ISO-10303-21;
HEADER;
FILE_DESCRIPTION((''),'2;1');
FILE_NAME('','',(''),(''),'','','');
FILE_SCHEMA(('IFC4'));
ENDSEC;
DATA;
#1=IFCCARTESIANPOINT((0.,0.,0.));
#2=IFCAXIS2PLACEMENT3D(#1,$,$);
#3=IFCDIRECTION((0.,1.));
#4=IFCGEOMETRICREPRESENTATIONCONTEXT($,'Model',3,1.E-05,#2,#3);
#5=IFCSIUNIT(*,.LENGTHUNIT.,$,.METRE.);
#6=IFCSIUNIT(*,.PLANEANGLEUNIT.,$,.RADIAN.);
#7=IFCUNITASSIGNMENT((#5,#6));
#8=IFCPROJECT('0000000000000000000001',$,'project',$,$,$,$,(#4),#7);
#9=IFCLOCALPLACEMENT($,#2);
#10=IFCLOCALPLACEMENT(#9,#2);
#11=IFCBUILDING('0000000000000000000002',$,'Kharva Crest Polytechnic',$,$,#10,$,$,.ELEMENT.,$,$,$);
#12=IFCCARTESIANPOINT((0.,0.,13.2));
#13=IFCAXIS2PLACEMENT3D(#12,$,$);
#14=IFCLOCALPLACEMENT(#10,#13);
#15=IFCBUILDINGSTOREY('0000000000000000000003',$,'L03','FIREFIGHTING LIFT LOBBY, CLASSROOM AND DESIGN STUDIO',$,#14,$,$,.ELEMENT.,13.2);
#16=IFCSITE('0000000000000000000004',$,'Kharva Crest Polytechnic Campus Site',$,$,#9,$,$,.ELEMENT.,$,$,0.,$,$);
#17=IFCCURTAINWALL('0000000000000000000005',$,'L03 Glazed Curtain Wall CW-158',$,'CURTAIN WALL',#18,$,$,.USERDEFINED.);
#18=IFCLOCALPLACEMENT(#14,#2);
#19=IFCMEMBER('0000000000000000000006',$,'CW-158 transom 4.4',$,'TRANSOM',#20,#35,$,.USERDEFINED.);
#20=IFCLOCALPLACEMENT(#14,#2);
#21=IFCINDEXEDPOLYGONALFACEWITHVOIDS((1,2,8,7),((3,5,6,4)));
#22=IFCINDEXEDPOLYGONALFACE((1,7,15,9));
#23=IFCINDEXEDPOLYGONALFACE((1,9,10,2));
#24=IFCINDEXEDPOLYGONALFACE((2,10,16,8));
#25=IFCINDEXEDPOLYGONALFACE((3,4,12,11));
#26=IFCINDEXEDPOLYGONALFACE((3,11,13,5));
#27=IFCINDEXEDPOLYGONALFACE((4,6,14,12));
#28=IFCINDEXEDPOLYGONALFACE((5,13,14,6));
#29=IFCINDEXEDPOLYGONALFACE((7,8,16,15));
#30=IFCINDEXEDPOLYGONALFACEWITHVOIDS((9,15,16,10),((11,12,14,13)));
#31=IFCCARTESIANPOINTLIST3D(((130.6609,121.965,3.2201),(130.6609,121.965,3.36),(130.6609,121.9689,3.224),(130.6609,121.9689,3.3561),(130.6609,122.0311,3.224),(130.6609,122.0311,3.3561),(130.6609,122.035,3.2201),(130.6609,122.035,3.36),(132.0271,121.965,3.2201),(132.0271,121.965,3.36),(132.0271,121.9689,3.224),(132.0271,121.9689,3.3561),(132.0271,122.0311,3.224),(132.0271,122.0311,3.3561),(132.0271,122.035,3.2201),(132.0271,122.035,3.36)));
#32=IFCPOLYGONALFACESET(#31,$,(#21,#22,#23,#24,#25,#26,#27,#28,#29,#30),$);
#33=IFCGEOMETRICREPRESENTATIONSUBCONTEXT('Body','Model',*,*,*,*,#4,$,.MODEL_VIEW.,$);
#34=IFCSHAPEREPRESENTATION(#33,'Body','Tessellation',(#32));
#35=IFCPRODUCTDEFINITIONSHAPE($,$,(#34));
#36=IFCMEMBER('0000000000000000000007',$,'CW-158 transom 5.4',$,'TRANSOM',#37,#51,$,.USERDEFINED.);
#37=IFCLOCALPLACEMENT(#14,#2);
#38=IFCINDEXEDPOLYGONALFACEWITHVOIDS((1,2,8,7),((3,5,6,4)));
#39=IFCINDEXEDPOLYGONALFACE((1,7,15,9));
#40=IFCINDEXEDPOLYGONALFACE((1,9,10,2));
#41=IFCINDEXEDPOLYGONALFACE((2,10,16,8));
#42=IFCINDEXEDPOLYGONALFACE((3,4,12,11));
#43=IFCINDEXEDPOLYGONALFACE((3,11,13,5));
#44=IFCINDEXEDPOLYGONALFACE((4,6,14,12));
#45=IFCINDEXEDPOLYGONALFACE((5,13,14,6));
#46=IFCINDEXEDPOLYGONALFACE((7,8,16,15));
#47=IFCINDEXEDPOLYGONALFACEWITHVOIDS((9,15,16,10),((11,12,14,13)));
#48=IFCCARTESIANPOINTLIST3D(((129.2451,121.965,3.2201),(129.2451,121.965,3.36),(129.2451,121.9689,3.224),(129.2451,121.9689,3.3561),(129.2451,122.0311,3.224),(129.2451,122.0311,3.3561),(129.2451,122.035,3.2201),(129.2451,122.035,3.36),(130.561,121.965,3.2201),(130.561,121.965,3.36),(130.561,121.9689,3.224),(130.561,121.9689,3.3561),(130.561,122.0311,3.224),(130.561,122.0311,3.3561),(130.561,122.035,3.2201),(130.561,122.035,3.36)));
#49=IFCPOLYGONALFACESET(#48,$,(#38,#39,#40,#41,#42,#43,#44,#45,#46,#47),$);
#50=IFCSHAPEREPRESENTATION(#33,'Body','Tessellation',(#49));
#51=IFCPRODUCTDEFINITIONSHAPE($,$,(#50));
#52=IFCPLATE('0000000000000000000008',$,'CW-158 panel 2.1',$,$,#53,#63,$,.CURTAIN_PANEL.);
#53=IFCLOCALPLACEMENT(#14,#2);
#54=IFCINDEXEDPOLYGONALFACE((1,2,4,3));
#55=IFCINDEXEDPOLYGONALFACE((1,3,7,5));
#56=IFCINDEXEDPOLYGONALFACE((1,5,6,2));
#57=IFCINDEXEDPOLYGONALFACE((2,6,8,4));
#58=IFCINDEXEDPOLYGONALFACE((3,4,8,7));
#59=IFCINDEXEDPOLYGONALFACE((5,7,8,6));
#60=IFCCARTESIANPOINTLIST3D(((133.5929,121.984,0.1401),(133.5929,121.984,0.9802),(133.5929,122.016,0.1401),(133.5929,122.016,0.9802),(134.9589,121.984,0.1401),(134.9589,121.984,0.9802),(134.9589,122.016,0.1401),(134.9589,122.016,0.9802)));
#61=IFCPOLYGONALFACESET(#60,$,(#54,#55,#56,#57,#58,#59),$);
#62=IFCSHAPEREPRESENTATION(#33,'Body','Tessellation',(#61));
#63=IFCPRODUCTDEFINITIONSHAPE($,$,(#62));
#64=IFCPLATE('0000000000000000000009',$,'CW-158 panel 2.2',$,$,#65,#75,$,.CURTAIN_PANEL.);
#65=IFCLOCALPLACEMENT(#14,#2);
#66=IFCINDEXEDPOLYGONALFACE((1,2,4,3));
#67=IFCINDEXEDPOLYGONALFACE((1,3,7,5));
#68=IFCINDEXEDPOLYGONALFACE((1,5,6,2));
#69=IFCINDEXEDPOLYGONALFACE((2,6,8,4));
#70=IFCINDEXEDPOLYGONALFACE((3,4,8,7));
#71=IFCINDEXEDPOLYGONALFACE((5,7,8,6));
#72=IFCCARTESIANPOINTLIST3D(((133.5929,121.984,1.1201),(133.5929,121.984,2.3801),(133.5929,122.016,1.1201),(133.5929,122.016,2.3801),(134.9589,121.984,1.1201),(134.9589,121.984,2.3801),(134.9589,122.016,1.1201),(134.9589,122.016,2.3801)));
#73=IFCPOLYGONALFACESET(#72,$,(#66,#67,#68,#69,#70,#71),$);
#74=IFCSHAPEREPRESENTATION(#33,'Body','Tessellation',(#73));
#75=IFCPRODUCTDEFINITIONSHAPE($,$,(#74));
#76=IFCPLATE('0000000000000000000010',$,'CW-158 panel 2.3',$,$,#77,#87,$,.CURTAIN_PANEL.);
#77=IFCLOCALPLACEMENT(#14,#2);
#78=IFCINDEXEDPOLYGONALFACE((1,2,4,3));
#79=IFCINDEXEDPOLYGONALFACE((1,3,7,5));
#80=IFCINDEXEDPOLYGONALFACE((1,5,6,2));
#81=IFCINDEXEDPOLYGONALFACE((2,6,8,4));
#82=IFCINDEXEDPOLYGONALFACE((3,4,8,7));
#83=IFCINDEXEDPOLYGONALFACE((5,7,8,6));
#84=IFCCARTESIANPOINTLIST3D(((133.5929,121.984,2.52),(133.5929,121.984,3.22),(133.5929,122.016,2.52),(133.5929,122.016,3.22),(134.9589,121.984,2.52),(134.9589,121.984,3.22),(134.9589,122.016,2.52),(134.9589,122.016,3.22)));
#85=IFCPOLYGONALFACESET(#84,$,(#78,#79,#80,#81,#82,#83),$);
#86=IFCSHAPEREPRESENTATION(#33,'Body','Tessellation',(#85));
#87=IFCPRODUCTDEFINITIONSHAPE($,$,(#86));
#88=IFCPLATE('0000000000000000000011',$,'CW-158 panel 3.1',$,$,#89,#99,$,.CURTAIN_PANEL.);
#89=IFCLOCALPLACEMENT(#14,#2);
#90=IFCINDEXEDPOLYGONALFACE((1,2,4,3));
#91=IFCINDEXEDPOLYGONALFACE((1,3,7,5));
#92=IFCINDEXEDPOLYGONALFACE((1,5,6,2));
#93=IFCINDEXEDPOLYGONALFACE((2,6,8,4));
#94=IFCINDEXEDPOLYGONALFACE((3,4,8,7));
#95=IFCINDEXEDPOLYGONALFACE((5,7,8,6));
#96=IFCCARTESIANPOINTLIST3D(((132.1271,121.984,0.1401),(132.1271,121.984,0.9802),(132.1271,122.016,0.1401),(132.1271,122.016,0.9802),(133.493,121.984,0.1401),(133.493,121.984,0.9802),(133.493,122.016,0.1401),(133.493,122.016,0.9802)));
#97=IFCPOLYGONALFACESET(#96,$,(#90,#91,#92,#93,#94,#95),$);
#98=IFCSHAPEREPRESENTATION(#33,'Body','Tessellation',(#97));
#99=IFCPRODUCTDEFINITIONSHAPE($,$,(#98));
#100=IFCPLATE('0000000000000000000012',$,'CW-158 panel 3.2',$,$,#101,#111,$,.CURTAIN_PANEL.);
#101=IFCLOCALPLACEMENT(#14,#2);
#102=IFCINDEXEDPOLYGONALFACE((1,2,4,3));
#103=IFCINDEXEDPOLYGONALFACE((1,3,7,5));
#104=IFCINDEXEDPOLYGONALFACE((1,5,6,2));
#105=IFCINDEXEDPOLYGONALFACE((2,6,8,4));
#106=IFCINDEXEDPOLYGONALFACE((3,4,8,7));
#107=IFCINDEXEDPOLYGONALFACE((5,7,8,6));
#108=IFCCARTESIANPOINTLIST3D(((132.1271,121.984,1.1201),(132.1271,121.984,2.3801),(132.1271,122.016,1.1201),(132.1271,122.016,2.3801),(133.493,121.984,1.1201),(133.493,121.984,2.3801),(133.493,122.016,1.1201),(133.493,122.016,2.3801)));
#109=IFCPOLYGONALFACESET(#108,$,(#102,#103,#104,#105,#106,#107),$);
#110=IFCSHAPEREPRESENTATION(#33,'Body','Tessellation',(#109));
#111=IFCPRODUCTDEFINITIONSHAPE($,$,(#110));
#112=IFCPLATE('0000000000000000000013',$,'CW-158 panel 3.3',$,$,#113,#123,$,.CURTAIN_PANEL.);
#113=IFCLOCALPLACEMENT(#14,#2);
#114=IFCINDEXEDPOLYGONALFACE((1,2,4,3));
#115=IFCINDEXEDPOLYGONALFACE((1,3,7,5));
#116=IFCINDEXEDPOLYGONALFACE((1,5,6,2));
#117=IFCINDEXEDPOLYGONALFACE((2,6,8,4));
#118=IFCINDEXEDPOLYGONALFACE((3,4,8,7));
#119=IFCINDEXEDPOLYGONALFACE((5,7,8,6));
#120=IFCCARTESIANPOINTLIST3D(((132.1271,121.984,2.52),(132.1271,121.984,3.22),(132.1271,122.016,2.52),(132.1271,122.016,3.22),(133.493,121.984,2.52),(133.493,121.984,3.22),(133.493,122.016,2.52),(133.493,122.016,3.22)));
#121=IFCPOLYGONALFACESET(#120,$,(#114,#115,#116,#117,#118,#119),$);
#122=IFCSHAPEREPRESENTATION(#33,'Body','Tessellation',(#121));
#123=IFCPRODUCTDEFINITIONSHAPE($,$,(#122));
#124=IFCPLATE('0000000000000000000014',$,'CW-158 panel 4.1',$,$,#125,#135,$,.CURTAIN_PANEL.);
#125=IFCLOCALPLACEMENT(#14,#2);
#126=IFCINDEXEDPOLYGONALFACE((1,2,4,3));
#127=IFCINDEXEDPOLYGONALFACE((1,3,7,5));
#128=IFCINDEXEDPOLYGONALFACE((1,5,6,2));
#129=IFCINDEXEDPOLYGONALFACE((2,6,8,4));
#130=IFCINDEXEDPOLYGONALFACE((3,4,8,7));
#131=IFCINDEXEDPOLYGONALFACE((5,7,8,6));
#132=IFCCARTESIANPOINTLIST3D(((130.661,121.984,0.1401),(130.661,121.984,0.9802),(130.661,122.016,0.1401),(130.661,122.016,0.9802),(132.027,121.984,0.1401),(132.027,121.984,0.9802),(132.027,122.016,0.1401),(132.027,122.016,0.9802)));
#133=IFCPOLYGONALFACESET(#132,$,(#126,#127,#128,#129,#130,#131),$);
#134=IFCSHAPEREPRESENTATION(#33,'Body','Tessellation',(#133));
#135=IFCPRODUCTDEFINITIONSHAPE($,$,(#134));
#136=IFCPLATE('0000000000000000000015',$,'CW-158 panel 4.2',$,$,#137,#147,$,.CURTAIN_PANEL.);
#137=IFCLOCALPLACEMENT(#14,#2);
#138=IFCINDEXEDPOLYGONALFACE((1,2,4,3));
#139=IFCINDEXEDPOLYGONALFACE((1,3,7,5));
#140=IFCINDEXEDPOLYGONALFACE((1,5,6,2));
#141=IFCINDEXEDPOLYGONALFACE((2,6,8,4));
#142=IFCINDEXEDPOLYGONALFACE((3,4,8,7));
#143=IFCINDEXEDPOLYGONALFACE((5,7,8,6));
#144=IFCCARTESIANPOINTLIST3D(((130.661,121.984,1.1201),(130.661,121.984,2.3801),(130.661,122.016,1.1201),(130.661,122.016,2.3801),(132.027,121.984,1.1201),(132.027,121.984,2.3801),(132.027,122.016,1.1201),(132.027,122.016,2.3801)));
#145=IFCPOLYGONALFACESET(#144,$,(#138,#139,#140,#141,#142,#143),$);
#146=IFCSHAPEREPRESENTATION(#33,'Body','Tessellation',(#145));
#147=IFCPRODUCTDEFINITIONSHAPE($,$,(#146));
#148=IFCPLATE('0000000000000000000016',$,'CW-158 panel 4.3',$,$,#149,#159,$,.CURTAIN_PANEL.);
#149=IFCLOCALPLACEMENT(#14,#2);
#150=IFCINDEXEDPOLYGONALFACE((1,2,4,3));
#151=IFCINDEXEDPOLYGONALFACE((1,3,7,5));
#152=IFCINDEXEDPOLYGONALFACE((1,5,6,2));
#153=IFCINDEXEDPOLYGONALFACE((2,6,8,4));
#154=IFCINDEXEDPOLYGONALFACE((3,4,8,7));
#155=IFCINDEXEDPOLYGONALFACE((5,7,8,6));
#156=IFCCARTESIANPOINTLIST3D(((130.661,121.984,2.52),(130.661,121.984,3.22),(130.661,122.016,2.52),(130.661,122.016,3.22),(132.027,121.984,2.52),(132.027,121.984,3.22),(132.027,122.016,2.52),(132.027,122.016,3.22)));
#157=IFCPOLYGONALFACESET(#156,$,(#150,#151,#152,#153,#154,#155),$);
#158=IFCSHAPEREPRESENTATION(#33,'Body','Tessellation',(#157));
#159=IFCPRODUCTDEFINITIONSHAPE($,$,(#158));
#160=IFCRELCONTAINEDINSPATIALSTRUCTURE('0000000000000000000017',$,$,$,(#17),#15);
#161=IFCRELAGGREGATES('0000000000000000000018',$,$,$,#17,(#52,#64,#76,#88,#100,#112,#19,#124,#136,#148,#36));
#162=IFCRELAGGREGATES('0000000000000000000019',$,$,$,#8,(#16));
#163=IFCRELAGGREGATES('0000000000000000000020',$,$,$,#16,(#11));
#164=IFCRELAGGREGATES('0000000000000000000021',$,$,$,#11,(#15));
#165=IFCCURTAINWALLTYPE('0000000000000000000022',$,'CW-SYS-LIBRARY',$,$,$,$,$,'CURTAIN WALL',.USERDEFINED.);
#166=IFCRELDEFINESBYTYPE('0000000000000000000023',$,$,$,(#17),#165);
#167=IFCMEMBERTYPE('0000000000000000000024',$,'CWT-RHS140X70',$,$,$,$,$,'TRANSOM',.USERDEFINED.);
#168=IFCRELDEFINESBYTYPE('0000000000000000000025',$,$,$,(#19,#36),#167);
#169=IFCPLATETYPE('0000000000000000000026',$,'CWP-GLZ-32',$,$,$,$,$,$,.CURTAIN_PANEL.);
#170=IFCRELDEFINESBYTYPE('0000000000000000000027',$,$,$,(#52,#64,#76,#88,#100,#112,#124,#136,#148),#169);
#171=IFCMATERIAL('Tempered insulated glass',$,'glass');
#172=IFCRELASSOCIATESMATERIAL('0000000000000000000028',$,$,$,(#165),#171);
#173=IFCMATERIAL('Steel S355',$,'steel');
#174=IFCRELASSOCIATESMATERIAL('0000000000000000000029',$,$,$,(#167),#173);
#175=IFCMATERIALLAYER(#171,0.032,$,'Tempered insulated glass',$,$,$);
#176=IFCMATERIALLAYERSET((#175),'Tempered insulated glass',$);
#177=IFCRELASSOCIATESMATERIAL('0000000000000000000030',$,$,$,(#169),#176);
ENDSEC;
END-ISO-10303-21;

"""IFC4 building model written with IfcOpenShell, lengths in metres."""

from ifc_helpers import new_model, si_unit, direction, frame, origin, origin_2d, place, context, subcontext, project, spatial, rectangle, hollow_rectangle, extrude, material, layer, layer_set, material_profile, profile_set, type_object, element, aggregate, save


model = new_model("IFC4")

# Units and contexts
model_context = context("Model", 3, precision=1e-05, world=origin(), true_north=direction((0.0, 1.0)))
body_context = subcontext(model_context, "Body", "Model", "MODEL_VIEW")
ifc_project = project(units=[si_unit("LENGTHUNIT", "METRE"), si_unit("PLANEANGLEUNIT", "RADIAN")], contexts=[model_context])

# Site, building, storey
site_placement = place(None, origin())
site = spatial("IfcSite", under=ifc_project, at=site_placement, Name="Kharva Crest Polytechnic Campus Site", CompositionType="ELEMENT", RefElevation=0.0)
building_placement = place(site_placement, origin())
building = spatial("IfcBuilding", under=site, at=building_placement, Name="Kharva Crest Polytechnic", CompositionType="ELEMENT")
storey_placement = place(building_placement, frame((0.0, 0.0, 13.2)))
storey = spatial("IfcBuildingStorey", under=building, at=storey_placement, Name="L03", Description="FIREFIGHTING LIFT LOBBY, CLASSROOM AND DESIGN STUDIO", CompositionType="ELEMENT", Elevation=13.2)

# Curtain wall, members, plates
ifc_material_1 = material(Name="Tempered insulated glass", Category="glass")
curtain_wall_type = type_object("IfcCurtainWallType", Name="CW-SYS-LIBRARY", ElementType="CURTAIN WALL", PredefinedType="USERDEFINED", material=ifc_material_1)
curtain_wall_placement = place(storey_placement, origin())
curtain_wall = element("IfcCurtainWall", 1, at=curtain_wall_placement, inside=storey, type_object=curtain_wall_type, Name="L03 Glazed Curtain Wall CW-158", ObjectType="CURTAIN WALL", PredefinedType="USERDEFINED")
ifc_material_2 = material(Name="Steel S355", Category="steel")
ifc_material_profile_1 = material_profile(ifc_material_2, hollow_rectangle(XDim=0.0701, YDim=0.1399, WallThickness=0.0039, at=origin_2d()), Name="RHS 140X70X4.0")
ifc_profile_set_1 = profile_set([ifc_material_profile_1], Name="Steel S355")
member_type_1 = type_object("IfcMemberType", Name="CWT-RHS140X70", ElementType="TRANSOM", PredefinedType="USERDEFINED", material=ifc_profile_set_1)
member_1_placement = place(storey_placement, frame((132.0271, 122.0, 3.29), z_axis=(-1.0, 0.0, 0.0), x_axis=(0.0, -1.0, 0.0)))
member_1 = element("IfcMember", 2, at=member_1_placement, type_object=member_type_1, Name="CW-158 transom 4.4", ObjectType="TRANSOM", PredefinedType="USERDEFINED", context=body_context, shape_type="SweptSolid", body=[
    extrude(hollow_rectangle(XDim=0.0701, YDim=0.1399, WallThickness=0.0039, at=origin_2d()), origin(), (0.0, 0.0, 1.0), 1.3662),
])
member_2_placement = place(storey_placement, frame((130.561, 122.0, 3.29), z_axis=(-1.0, 0.0, 0.0), x_axis=(0.0, -1.0, 0.0)))
member_2 = element("IfcMember", 3, at=member_2_placement, type_object=member_type_1, Name="CW-158 transom 5.4", ObjectType="TRANSOM", PredefinedType="USERDEFINED", context=body_context, shape_type="SweptSolid", body=[
    extrude(hollow_rectangle(XDim=0.0701, YDim=0.1399, WallThickness=0.0039, at=origin_2d()), origin(), (0.0, 0.0, 1.0), 1.3159),
])
ifc_layer = layer(ifc_material_1, 0.032, Name="Tempered insulated glass")
ifc_layer_set = layer_set([ifc_layer], Name="Tempered insulated glass")
plate_type = type_object("IfcPlateType", Name="CWP-GLZ-32", PredefinedType="CURTAIN_PANEL", material=ifc_layer_set)
plate_1_placement = place(storey_placement, frame((134.2759, 122.0, 0.1401), z_axis=(0.0, 0.0, 1.0), x_axis=(-1.0, 0.0, 0.0)))
plate_1 = element("IfcPlate", 4, at=plate_1_placement, type_object=plate_type, Name="CW-158 panel 2.1", PredefinedType="CURTAIN_PANEL", context=body_context, shape_type="SweptSolid", body=[
    extrude(rectangle(XDim=1.366, YDim=0.032, at=origin_2d()), origin(), (0.0, 0.0, 1.0), 0.8401),
])
plate_2_placement = place(storey_placement, frame((134.2759, 122.0, 1.1201), z_axis=(0.0, 0.0, 1.0), x_axis=(-1.0, 0.0, 0.0)))
plate_2 = element("IfcPlate", 5, at=plate_2_placement, type_object=plate_type, Name="CW-158 panel 2.2", PredefinedType="CURTAIN_PANEL", context=body_context, shape_type="SweptSolid", body=[
    extrude(rectangle(XDim=1.366, YDim=0.032, at=origin_2d()), origin(), (0.0, 0.0, 1.0), 1.26),
])
plate_3_placement = place(storey_placement, frame((134.2759, 122.0, 2.52), z_axis=(0.0, 0.0, 1.0), x_axis=(-1.0, 0.0, 0.0)))
plate_3 = element("IfcPlate", 6, at=plate_3_placement, type_object=plate_type, Name="CW-158 panel 2.3", PredefinedType="CURTAIN_PANEL", context=body_context, shape_type="SweptSolid", body=[
    extrude(rectangle(XDim=1.366, YDim=0.032, at=origin_2d()), origin(), (0.0, 0.0, 1.0), 0.7),
])
plate_4_placement = place(storey_placement, frame((132.8101, 122.0, 0.1401), z_axis=(0.0, 0.0, 1.0), x_axis=(-1.0, 0.0, 0.0)))
plate_4 = element("IfcPlate", 7, at=plate_4_placement, type_object=plate_type, Name="CW-158 panel 3.1", PredefinedType="CURTAIN_PANEL", context=body_context, shape_type="SweptSolid", body=[
    extrude(rectangle(XDim=1.366, YDim=0.032, at=origin_2d()), origin(), (0.0, 0.0, 1.0), 0.8401),
])
plate_5_placement = place(storey_placement, frame((132.8101, 122.0, 1.1201), z_axis=(0.0, 0.0, 1.0), x_axis=(-1.0, 0.0, 0.0)))
plate_5 = element("IfcPlate", 8, at=plate_5_placement, type_object=plate_type, Name="CW-158 panel 3.2", PredefinedType="CURTAIN_PANEL", context=body_context, shape_type="SweptSolid", body=[
    extrude(rectangle(XDim=1.366, YDim=0.032, at=origin_2d()), origin(), (0.0, 0.0, 1.0), 1.26),
])
plate_6_placement = place(storey_placement, frame((132.8101, 122.0, 2.52), z_axis=(0.0, 0.0, 1.0), x_axis=(-1.0, 0.0, 0.0)))
plate_6 = element("IfcPlate", 9, at=plate_6_placement, type_object=plate_type, Name="CW-158 panel 3.3", PredefinedType="CURTAIN_PANEL", context=body_context, shape_type="SweptSolid", body=[
    extrude(rectangle(XDim=1.366, YDim=0.032, at=origin_2d()), origin(), (0.0, 0.0, 1.0), 0.7),
])
plate_7_placement = place(storey_placement, frame((131.344, 122.0, 0.1401), z_axis=(0.0, 0.0, 1.0), x_axis=(-1.0, 0.0, 0.0)))
plate_7 = element("IfcPlate", 10, at=plate_7_placement, type_object=plate_type, Name="CW-158 panel 4.1", PredefinedType="CURTAIN_PANEL", context=body_context, shape_type="SweptSolid", body=[
    extrude(rectangle(XDim=1.366, YDim=0.032, at=origin_2d()), origin(), (0.0, 0.0, 1.0), 0.8401),
])
plate_8_placement = place(storey_placement, frame((131.344, 122.0, 1.1201), z_axis=(0.0, 0.0, 1.0), x_axis=(-1.0, 0.0, 0.0)))
plate_8 = element("IfcPlate", 11, at=plate_8_placement, type_object=plate_type, Name="CW-158 panel 4.2", PredefinedType="CURTAIN_PANEL", context=body_context, shape_type="SweptSolid", body=[
    extrude(rectangle(XDim=1.366, YDim=0.032, at=origin_2d()), origin(), (0.0, 0.0, 1.0), 1.26),
])
plate_9_placement = place(storey_placement, frame((131.344, 122.0, 2.52), z_axis=(0.0, 0.0, 1.0), x_axis=(-1.0, 0.0, 0.0)))
plate_9 = element("IfcPlate", 12, at=plate_9_placement, type_object=plate_type, Name="CW-158 panel 4.3", PredefinedType="CURTAIN_PANEL", context=body_context, shape_type="SweptSolid", body=[
    extrude(rectangle(XDim=1.366, YDim=0.032, at=origin_2d()), origin(), (0.0, 0.0, 1.0), 0.7),
])
aggregate(curtain_wall, [plate_1, plate_2, plate_3, plate_4, plate_5, plate_6, member_1, plate_7, plate_8, plate_9, member_2])

save(model, "model.ifc")
